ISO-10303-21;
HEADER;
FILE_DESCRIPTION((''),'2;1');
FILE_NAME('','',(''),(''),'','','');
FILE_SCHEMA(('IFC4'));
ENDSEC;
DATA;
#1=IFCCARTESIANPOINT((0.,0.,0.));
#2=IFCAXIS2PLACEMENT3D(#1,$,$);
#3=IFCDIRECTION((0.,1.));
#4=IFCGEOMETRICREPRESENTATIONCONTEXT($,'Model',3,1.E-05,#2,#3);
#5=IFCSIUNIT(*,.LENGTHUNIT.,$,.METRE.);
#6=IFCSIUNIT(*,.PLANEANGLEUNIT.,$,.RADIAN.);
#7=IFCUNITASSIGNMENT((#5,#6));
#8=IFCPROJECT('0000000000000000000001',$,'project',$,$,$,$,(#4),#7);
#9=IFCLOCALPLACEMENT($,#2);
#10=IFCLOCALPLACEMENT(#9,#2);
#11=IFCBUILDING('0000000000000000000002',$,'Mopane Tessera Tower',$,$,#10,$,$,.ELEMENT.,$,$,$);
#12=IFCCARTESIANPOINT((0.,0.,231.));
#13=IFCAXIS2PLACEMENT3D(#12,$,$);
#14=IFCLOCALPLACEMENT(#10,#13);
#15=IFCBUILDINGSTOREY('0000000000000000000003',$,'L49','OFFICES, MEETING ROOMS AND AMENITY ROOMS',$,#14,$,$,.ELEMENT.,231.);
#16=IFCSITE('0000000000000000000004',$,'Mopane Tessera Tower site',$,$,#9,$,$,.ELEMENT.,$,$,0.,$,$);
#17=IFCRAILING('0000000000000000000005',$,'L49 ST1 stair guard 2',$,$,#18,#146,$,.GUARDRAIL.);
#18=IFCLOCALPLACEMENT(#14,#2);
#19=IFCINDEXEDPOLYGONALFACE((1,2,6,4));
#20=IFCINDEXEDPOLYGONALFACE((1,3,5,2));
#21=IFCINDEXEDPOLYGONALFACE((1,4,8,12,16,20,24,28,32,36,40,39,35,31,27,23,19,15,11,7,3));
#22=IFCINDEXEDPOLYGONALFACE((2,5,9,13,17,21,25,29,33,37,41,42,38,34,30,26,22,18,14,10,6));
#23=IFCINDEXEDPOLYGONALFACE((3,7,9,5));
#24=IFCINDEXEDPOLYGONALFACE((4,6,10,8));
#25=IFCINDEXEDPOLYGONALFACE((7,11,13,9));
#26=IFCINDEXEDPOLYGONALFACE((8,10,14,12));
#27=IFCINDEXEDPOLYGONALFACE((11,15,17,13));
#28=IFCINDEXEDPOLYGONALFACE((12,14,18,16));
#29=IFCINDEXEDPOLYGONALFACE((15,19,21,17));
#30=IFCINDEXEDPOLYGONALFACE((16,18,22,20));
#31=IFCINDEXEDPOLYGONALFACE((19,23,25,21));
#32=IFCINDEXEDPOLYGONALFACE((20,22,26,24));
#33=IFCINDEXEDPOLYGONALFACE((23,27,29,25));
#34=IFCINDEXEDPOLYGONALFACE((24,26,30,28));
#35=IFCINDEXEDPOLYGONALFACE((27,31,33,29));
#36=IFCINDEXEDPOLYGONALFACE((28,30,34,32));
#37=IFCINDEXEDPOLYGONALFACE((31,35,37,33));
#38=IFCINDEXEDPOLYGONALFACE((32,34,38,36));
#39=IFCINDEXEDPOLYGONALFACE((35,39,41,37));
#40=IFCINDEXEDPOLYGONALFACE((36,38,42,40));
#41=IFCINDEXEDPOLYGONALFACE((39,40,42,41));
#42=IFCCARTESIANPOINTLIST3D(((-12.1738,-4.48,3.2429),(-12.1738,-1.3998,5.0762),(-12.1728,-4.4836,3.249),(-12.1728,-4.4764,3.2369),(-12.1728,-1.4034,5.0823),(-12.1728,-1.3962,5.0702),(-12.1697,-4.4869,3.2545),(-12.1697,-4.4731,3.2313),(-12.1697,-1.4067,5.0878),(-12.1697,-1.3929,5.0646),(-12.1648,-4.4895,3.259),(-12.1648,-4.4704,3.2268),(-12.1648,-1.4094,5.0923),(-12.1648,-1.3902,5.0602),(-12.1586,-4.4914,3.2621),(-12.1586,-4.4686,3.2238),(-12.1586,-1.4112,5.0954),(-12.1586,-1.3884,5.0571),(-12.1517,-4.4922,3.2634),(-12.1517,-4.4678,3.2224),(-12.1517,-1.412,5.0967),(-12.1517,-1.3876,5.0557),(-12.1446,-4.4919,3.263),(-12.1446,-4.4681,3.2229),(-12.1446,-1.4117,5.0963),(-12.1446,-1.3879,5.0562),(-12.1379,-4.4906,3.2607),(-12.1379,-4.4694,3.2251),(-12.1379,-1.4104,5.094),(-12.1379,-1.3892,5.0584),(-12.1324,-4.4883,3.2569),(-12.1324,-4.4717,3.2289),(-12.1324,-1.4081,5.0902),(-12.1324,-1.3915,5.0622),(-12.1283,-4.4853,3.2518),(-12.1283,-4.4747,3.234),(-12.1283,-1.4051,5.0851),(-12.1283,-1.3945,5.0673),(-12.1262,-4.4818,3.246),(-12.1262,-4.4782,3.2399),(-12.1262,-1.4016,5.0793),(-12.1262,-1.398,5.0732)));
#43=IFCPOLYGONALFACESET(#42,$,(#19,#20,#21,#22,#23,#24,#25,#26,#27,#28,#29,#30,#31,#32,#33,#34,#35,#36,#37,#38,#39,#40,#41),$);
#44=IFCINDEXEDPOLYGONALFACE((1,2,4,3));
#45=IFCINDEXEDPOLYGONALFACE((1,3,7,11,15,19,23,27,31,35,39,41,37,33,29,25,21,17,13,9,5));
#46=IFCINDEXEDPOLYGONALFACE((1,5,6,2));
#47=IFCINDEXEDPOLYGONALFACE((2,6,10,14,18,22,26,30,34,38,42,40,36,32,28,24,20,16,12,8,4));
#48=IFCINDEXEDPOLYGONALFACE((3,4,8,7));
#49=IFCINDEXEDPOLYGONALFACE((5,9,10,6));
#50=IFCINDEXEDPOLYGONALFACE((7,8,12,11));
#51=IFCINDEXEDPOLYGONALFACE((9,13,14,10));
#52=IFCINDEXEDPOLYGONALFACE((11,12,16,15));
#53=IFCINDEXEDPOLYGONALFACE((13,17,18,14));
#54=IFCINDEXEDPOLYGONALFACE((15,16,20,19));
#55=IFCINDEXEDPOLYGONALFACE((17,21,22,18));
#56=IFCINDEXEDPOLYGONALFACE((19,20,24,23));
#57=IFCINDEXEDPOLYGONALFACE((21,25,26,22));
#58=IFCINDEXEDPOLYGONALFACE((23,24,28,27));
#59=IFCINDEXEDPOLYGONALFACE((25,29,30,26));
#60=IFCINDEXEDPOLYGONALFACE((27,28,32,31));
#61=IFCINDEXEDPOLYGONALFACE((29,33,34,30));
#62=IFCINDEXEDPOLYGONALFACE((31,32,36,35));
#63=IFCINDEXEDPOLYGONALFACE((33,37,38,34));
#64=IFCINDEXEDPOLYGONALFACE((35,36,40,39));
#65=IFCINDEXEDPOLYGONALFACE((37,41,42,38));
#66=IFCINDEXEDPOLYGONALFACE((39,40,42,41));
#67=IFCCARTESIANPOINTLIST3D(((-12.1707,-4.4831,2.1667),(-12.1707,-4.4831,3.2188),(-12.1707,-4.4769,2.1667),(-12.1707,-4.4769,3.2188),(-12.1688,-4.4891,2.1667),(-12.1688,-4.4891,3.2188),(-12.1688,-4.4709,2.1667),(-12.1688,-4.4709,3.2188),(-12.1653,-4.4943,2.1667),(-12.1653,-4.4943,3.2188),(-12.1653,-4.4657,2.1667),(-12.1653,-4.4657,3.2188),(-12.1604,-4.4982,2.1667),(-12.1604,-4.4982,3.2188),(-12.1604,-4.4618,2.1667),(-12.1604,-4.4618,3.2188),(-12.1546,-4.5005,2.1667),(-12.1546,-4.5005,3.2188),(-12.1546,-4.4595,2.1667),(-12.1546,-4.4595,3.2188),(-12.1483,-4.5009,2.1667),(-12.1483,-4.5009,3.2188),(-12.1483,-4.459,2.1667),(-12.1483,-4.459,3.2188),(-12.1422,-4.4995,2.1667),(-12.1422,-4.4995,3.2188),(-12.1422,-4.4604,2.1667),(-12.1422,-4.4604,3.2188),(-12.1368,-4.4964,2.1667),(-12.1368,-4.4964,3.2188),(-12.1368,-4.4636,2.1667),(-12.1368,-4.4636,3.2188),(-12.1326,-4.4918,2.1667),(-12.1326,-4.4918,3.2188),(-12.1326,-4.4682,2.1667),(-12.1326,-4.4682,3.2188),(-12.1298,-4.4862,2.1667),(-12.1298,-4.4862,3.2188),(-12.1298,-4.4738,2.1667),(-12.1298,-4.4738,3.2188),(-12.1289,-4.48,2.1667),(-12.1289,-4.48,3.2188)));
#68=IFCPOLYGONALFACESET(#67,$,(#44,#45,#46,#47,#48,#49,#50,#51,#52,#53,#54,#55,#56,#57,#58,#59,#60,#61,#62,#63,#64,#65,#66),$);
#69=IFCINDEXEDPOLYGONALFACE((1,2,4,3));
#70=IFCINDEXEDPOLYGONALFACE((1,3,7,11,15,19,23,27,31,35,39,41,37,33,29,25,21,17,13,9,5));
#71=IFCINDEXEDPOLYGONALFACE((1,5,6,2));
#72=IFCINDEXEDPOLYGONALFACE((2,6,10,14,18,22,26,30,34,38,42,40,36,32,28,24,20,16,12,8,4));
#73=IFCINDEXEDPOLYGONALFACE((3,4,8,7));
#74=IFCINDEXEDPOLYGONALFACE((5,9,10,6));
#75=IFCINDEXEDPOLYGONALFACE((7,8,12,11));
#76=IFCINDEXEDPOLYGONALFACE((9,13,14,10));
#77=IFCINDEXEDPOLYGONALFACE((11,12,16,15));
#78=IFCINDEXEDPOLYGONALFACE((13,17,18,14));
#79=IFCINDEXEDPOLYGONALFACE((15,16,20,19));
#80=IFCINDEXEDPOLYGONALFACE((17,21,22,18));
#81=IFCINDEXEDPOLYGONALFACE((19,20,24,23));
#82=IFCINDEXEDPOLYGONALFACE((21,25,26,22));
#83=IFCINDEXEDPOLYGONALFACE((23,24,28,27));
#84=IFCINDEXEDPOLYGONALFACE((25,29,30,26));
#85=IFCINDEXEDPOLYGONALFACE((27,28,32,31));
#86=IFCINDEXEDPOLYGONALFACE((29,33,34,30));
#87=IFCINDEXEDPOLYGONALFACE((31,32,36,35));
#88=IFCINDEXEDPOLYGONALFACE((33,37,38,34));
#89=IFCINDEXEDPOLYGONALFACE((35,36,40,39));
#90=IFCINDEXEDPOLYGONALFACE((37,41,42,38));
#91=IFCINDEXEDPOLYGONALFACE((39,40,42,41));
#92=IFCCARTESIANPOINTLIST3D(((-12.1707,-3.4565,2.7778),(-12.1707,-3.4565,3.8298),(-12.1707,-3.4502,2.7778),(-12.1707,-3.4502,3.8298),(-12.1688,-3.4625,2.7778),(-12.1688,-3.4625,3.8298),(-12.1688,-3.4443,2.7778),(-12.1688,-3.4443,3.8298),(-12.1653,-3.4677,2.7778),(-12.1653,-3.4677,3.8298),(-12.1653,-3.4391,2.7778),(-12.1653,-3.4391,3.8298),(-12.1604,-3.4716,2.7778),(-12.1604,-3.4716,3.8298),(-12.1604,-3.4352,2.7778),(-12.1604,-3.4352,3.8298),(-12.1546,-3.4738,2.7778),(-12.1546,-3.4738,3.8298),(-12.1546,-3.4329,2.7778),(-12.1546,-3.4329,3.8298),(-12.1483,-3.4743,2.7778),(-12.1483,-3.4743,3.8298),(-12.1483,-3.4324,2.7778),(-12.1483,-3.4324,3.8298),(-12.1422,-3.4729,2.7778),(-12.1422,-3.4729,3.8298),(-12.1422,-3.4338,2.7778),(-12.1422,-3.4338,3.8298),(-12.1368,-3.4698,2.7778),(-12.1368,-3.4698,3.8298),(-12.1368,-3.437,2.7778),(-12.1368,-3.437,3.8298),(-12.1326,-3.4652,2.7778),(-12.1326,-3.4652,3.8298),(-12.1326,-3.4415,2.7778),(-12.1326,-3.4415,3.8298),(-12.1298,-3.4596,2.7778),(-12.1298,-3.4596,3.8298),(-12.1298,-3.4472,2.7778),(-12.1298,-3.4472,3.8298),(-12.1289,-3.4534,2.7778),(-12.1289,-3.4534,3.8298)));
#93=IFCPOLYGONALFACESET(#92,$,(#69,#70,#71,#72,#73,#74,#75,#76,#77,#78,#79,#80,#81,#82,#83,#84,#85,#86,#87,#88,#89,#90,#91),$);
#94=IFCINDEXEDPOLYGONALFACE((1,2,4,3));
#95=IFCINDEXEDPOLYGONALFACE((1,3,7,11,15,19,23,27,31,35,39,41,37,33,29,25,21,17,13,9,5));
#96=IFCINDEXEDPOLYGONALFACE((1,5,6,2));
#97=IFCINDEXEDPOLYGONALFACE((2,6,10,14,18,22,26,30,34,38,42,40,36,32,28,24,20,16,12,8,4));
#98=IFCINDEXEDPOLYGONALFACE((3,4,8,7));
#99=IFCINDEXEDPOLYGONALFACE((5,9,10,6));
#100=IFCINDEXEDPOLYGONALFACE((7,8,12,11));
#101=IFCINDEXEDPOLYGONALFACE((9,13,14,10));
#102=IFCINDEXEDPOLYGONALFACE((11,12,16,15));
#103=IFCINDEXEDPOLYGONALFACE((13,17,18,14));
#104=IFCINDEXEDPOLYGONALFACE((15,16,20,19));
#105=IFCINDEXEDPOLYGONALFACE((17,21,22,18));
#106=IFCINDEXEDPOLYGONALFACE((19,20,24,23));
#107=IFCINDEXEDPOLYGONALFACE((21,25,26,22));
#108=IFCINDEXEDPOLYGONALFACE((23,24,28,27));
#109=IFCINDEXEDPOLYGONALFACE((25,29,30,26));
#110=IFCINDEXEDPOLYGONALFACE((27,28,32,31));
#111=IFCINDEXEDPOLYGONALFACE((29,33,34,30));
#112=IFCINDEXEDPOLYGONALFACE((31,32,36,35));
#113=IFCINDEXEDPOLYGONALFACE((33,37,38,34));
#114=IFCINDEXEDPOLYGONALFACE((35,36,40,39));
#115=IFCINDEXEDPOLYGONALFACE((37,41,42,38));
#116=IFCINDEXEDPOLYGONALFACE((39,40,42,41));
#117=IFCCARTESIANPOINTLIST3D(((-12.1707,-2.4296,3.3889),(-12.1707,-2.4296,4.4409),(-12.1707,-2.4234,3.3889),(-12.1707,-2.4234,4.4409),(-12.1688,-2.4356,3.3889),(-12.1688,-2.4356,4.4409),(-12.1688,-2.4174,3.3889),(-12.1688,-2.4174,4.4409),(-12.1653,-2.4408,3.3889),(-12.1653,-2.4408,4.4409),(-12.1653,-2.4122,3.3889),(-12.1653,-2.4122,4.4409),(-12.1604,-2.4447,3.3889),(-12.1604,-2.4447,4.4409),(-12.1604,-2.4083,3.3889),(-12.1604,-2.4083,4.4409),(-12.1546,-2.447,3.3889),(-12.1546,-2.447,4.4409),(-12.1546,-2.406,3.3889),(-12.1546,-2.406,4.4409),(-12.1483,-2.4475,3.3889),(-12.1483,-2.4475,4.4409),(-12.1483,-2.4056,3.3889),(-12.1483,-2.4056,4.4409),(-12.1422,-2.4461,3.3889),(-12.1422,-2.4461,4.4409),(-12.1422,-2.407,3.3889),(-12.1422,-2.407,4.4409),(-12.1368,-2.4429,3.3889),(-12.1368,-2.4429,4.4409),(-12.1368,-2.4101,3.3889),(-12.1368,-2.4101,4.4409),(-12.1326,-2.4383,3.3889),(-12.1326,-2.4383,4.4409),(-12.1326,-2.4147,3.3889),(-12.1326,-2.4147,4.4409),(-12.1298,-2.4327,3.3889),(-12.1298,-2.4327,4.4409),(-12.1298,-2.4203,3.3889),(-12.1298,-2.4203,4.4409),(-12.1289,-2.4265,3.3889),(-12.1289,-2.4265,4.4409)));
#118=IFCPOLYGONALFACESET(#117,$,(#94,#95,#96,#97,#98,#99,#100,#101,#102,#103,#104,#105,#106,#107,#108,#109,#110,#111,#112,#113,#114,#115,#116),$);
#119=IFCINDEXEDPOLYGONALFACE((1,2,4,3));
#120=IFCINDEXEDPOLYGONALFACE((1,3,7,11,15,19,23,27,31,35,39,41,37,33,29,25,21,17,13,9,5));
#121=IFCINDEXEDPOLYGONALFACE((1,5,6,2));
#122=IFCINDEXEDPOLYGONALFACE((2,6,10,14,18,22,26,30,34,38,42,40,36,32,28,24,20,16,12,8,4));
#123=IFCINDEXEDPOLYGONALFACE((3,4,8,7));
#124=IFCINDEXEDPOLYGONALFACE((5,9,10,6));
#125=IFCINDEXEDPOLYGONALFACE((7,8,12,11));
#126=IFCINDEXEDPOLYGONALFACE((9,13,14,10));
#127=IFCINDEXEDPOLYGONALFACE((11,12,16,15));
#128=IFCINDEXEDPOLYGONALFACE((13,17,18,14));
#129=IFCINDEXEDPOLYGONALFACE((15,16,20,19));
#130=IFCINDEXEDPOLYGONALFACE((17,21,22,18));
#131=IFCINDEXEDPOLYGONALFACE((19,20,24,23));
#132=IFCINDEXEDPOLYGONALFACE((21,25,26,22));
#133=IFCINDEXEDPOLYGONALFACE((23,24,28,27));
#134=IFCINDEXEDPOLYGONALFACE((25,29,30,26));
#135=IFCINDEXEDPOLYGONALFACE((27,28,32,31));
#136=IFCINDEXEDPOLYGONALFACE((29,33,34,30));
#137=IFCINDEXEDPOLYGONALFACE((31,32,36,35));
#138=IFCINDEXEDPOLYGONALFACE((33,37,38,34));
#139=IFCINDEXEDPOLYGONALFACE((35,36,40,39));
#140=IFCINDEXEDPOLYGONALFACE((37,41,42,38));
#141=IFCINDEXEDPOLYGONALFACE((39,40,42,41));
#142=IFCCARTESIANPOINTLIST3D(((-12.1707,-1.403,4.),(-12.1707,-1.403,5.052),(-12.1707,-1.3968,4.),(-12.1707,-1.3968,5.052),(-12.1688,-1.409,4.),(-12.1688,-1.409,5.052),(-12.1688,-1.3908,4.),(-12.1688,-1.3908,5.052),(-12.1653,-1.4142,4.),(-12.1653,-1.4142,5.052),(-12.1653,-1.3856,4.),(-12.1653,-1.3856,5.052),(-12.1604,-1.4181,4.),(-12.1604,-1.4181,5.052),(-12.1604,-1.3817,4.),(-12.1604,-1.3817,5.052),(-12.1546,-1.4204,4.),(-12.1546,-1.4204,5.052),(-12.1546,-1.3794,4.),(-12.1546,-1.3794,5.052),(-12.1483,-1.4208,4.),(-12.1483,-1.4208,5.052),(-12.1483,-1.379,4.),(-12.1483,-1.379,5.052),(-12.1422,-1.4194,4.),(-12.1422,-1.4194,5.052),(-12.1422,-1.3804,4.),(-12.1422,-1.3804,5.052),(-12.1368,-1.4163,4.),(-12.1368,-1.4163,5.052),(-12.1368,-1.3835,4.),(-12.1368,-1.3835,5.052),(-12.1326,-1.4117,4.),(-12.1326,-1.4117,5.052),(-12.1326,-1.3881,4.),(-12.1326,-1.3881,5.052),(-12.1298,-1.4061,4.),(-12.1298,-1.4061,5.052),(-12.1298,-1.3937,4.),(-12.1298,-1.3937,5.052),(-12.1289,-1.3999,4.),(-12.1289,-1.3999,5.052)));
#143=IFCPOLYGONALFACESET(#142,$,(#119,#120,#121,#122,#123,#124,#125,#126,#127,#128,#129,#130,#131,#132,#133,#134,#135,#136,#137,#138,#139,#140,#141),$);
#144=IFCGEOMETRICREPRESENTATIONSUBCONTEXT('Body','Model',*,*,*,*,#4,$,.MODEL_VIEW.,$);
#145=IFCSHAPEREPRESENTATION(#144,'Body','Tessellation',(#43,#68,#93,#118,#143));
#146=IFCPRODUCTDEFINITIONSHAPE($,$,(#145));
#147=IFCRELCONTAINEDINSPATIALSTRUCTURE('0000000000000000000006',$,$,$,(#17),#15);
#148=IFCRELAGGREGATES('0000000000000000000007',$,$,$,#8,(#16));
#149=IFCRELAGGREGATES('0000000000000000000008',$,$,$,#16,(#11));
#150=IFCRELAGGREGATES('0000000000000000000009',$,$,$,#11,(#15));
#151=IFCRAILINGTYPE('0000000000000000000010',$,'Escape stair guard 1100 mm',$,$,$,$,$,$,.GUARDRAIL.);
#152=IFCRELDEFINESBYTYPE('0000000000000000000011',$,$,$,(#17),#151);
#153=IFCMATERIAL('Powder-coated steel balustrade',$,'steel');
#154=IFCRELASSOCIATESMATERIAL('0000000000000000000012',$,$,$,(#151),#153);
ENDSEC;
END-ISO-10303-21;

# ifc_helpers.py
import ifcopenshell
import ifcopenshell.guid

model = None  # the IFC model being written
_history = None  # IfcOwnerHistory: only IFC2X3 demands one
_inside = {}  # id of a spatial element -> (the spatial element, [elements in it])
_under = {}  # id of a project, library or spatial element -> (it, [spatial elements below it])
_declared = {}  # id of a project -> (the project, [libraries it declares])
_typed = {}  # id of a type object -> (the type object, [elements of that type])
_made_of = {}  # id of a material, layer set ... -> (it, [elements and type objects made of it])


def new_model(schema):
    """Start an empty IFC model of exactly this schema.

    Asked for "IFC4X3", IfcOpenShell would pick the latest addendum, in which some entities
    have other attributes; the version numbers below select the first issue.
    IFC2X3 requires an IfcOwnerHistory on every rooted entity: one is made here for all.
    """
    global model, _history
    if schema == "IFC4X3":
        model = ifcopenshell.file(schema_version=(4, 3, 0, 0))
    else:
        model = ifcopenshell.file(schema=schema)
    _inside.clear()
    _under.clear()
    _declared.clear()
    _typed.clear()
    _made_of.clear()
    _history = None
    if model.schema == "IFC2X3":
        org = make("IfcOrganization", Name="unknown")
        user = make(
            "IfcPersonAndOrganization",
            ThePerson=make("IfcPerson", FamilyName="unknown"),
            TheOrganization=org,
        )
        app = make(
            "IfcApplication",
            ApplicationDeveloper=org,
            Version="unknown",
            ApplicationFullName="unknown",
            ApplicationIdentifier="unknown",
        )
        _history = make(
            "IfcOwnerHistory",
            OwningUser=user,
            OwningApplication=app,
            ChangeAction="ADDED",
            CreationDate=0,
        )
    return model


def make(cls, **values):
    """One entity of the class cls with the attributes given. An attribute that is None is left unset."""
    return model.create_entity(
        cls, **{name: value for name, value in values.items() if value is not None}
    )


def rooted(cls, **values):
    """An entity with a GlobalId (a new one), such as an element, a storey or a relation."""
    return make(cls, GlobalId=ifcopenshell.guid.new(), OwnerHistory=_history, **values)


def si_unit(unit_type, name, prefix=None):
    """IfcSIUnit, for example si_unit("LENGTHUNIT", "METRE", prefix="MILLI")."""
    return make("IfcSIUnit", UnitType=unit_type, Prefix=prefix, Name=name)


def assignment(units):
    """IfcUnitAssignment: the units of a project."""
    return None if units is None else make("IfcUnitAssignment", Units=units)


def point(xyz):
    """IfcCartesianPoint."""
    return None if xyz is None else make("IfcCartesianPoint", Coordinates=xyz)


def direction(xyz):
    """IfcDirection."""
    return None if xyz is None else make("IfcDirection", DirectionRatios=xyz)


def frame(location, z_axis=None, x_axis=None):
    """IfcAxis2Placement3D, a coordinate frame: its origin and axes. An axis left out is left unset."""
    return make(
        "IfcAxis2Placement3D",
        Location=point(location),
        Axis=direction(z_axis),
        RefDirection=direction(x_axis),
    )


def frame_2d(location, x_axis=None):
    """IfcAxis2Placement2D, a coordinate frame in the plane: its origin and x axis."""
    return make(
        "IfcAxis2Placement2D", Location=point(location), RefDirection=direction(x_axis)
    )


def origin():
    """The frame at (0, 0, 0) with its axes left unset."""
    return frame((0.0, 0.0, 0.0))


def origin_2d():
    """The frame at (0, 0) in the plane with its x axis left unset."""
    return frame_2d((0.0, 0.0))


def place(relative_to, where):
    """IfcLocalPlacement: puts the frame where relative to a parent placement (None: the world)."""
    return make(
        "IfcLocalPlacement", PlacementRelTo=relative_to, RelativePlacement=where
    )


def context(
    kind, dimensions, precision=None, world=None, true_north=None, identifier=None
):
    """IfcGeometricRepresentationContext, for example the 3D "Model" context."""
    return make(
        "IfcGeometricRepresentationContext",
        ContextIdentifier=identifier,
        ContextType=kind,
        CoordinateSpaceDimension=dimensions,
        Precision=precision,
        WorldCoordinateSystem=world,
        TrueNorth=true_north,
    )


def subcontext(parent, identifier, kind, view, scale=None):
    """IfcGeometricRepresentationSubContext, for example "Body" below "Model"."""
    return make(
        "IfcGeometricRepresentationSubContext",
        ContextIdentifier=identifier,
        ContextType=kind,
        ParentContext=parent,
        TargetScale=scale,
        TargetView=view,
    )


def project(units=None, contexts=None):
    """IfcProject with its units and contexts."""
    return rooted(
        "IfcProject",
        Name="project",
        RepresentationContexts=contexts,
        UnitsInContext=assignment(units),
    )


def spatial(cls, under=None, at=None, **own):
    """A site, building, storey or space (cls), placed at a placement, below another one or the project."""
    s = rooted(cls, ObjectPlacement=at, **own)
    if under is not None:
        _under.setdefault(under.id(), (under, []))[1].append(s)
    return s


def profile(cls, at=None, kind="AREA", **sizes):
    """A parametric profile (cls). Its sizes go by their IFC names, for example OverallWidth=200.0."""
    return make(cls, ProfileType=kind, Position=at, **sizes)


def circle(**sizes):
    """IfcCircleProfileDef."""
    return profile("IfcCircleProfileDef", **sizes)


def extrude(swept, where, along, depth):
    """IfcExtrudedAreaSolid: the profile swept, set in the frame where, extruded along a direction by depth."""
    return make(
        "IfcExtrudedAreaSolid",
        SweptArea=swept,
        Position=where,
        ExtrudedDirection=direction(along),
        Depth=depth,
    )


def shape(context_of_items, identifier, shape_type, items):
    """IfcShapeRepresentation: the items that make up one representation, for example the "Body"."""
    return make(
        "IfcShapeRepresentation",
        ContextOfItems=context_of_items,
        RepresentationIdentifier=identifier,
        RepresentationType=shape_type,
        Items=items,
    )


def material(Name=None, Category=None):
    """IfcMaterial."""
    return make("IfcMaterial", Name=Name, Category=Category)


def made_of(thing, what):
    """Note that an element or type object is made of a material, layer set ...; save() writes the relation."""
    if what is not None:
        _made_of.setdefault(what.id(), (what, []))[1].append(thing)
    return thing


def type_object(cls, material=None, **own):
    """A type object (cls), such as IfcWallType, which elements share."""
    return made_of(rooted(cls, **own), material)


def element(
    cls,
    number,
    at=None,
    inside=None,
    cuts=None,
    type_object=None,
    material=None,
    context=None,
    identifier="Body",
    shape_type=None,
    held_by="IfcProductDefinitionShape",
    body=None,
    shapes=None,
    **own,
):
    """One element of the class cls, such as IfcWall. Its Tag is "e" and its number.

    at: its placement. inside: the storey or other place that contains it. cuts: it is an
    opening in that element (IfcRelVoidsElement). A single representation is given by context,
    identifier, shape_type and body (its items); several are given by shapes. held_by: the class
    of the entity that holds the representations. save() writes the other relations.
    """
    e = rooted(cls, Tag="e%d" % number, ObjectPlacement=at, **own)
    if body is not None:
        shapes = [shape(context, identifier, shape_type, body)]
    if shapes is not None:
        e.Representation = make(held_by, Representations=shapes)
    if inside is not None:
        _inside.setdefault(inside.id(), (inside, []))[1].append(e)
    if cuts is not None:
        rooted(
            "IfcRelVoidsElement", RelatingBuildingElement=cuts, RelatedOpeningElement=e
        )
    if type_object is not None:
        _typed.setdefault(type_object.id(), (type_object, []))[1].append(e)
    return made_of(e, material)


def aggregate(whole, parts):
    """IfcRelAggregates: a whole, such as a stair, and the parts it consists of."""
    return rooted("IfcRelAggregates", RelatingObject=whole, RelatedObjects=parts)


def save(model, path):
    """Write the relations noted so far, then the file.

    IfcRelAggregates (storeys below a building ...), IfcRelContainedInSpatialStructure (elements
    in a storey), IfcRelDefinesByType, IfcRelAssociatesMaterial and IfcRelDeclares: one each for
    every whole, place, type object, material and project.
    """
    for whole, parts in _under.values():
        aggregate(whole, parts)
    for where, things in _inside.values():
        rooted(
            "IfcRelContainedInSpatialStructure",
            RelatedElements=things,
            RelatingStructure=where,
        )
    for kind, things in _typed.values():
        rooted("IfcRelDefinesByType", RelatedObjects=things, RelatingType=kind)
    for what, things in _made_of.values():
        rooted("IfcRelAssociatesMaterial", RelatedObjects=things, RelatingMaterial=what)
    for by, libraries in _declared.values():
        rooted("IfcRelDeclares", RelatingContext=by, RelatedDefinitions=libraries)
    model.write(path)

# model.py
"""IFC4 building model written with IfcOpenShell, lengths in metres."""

from ifc_helpers import new_model, si_unit, direction, frame, origin, origin_2d, place, context, subcontext, project, spatial, circle, extrude, material, type_object, element, save


model = new_model("IFC4")

# Units and contexts
model_context = context("Model", 3, precision=1e-05, world=origin(), true_north=direction((0.0, 1.0)))
body_context = subcontext(model_context, "Body", "Model", "MODEL_VIEW")
ifc_project = project(units=[si_unit("LENGTHUNIT", "METRE"), si_unit("PLANEANGLEUNIT", "RADIAN")], contexts=[model_context])

# Site, building, storey
site_placement = place(None, origin())
site = spatial("IfcSite", under=ifc_project, at=site_placement, Name="Mopane Tessera Tower site", CompositionType="ELEMENT", RefElevation=0.0)
building_placement = place(site_placement, origin())
building = spatial("IfcBuilding", under=site, at=building_placement, Name="Mopane Tessera Tower", CompositionType="ELEMENT")
storey_placement = place(building_placement, frame((0.0, 0.0, 231.0)))
storey = spatial("IfcBuildingStorey", under=building, at=storey_placement, Name="L49", Description="OFFICES, MEETING ROOMS AND AMENITY ROOMS", CompositionType="ELEMENT", Elevation=231.0)

# Railing
ifc_material_1 = material(Name="Powder-coated steel balustrade", Category="steel")
railing_type_1 = type_object("IfcRailingType", Name="Escape stair guard 1100 mm", PredefinedType="GUARDRAIL", material=ifc_material_1)
railing_1_placement = place(storey_placement, frame((-12.1499, -4.48, 2.1667)))
element("IfcRailing", 1, at=railing_1_placement, inside=storey, type_object=railing_type_1, Name="L49 ST1 stair guard 2", PredefinedType="GUARDRAIL", context=body_context, shape_type="SweptSolid", body=[
    extrude(circle(Radius=0.0239, at=origin_2d()), frame((0.0, 0.0, 1.0762), z_axis=(0.0, 0.859309, 0.511458), x_axis=(-1.0, 0.0, 0.0)), (0.0, 0.0, 1.0), 3.5845),
    extrude(circle(Radius=0.021, at=origin_2d()), origin(), (0.0, 0.0, 1.0), 1.052),
    extrude(circle(Radius=0.021, at=origin_2d()), frame((0.0, 1.0266, 0.6111)), (0.0, 0.0, 1.0), 1.052),
    extrude(circle(Radius=0.021, at=origin_2d()), frame((0.0, 2.0535, 1.2222)), (0.0, 0.0, 1.0), 1.052),
    extrude(circle(Radius=0.021, at=origin_2d()), frame((0.0, 3.0801, 1.8333)), (0.0, 0.0, 1.0), 1.052),
])

save(model, "model.ifc")
